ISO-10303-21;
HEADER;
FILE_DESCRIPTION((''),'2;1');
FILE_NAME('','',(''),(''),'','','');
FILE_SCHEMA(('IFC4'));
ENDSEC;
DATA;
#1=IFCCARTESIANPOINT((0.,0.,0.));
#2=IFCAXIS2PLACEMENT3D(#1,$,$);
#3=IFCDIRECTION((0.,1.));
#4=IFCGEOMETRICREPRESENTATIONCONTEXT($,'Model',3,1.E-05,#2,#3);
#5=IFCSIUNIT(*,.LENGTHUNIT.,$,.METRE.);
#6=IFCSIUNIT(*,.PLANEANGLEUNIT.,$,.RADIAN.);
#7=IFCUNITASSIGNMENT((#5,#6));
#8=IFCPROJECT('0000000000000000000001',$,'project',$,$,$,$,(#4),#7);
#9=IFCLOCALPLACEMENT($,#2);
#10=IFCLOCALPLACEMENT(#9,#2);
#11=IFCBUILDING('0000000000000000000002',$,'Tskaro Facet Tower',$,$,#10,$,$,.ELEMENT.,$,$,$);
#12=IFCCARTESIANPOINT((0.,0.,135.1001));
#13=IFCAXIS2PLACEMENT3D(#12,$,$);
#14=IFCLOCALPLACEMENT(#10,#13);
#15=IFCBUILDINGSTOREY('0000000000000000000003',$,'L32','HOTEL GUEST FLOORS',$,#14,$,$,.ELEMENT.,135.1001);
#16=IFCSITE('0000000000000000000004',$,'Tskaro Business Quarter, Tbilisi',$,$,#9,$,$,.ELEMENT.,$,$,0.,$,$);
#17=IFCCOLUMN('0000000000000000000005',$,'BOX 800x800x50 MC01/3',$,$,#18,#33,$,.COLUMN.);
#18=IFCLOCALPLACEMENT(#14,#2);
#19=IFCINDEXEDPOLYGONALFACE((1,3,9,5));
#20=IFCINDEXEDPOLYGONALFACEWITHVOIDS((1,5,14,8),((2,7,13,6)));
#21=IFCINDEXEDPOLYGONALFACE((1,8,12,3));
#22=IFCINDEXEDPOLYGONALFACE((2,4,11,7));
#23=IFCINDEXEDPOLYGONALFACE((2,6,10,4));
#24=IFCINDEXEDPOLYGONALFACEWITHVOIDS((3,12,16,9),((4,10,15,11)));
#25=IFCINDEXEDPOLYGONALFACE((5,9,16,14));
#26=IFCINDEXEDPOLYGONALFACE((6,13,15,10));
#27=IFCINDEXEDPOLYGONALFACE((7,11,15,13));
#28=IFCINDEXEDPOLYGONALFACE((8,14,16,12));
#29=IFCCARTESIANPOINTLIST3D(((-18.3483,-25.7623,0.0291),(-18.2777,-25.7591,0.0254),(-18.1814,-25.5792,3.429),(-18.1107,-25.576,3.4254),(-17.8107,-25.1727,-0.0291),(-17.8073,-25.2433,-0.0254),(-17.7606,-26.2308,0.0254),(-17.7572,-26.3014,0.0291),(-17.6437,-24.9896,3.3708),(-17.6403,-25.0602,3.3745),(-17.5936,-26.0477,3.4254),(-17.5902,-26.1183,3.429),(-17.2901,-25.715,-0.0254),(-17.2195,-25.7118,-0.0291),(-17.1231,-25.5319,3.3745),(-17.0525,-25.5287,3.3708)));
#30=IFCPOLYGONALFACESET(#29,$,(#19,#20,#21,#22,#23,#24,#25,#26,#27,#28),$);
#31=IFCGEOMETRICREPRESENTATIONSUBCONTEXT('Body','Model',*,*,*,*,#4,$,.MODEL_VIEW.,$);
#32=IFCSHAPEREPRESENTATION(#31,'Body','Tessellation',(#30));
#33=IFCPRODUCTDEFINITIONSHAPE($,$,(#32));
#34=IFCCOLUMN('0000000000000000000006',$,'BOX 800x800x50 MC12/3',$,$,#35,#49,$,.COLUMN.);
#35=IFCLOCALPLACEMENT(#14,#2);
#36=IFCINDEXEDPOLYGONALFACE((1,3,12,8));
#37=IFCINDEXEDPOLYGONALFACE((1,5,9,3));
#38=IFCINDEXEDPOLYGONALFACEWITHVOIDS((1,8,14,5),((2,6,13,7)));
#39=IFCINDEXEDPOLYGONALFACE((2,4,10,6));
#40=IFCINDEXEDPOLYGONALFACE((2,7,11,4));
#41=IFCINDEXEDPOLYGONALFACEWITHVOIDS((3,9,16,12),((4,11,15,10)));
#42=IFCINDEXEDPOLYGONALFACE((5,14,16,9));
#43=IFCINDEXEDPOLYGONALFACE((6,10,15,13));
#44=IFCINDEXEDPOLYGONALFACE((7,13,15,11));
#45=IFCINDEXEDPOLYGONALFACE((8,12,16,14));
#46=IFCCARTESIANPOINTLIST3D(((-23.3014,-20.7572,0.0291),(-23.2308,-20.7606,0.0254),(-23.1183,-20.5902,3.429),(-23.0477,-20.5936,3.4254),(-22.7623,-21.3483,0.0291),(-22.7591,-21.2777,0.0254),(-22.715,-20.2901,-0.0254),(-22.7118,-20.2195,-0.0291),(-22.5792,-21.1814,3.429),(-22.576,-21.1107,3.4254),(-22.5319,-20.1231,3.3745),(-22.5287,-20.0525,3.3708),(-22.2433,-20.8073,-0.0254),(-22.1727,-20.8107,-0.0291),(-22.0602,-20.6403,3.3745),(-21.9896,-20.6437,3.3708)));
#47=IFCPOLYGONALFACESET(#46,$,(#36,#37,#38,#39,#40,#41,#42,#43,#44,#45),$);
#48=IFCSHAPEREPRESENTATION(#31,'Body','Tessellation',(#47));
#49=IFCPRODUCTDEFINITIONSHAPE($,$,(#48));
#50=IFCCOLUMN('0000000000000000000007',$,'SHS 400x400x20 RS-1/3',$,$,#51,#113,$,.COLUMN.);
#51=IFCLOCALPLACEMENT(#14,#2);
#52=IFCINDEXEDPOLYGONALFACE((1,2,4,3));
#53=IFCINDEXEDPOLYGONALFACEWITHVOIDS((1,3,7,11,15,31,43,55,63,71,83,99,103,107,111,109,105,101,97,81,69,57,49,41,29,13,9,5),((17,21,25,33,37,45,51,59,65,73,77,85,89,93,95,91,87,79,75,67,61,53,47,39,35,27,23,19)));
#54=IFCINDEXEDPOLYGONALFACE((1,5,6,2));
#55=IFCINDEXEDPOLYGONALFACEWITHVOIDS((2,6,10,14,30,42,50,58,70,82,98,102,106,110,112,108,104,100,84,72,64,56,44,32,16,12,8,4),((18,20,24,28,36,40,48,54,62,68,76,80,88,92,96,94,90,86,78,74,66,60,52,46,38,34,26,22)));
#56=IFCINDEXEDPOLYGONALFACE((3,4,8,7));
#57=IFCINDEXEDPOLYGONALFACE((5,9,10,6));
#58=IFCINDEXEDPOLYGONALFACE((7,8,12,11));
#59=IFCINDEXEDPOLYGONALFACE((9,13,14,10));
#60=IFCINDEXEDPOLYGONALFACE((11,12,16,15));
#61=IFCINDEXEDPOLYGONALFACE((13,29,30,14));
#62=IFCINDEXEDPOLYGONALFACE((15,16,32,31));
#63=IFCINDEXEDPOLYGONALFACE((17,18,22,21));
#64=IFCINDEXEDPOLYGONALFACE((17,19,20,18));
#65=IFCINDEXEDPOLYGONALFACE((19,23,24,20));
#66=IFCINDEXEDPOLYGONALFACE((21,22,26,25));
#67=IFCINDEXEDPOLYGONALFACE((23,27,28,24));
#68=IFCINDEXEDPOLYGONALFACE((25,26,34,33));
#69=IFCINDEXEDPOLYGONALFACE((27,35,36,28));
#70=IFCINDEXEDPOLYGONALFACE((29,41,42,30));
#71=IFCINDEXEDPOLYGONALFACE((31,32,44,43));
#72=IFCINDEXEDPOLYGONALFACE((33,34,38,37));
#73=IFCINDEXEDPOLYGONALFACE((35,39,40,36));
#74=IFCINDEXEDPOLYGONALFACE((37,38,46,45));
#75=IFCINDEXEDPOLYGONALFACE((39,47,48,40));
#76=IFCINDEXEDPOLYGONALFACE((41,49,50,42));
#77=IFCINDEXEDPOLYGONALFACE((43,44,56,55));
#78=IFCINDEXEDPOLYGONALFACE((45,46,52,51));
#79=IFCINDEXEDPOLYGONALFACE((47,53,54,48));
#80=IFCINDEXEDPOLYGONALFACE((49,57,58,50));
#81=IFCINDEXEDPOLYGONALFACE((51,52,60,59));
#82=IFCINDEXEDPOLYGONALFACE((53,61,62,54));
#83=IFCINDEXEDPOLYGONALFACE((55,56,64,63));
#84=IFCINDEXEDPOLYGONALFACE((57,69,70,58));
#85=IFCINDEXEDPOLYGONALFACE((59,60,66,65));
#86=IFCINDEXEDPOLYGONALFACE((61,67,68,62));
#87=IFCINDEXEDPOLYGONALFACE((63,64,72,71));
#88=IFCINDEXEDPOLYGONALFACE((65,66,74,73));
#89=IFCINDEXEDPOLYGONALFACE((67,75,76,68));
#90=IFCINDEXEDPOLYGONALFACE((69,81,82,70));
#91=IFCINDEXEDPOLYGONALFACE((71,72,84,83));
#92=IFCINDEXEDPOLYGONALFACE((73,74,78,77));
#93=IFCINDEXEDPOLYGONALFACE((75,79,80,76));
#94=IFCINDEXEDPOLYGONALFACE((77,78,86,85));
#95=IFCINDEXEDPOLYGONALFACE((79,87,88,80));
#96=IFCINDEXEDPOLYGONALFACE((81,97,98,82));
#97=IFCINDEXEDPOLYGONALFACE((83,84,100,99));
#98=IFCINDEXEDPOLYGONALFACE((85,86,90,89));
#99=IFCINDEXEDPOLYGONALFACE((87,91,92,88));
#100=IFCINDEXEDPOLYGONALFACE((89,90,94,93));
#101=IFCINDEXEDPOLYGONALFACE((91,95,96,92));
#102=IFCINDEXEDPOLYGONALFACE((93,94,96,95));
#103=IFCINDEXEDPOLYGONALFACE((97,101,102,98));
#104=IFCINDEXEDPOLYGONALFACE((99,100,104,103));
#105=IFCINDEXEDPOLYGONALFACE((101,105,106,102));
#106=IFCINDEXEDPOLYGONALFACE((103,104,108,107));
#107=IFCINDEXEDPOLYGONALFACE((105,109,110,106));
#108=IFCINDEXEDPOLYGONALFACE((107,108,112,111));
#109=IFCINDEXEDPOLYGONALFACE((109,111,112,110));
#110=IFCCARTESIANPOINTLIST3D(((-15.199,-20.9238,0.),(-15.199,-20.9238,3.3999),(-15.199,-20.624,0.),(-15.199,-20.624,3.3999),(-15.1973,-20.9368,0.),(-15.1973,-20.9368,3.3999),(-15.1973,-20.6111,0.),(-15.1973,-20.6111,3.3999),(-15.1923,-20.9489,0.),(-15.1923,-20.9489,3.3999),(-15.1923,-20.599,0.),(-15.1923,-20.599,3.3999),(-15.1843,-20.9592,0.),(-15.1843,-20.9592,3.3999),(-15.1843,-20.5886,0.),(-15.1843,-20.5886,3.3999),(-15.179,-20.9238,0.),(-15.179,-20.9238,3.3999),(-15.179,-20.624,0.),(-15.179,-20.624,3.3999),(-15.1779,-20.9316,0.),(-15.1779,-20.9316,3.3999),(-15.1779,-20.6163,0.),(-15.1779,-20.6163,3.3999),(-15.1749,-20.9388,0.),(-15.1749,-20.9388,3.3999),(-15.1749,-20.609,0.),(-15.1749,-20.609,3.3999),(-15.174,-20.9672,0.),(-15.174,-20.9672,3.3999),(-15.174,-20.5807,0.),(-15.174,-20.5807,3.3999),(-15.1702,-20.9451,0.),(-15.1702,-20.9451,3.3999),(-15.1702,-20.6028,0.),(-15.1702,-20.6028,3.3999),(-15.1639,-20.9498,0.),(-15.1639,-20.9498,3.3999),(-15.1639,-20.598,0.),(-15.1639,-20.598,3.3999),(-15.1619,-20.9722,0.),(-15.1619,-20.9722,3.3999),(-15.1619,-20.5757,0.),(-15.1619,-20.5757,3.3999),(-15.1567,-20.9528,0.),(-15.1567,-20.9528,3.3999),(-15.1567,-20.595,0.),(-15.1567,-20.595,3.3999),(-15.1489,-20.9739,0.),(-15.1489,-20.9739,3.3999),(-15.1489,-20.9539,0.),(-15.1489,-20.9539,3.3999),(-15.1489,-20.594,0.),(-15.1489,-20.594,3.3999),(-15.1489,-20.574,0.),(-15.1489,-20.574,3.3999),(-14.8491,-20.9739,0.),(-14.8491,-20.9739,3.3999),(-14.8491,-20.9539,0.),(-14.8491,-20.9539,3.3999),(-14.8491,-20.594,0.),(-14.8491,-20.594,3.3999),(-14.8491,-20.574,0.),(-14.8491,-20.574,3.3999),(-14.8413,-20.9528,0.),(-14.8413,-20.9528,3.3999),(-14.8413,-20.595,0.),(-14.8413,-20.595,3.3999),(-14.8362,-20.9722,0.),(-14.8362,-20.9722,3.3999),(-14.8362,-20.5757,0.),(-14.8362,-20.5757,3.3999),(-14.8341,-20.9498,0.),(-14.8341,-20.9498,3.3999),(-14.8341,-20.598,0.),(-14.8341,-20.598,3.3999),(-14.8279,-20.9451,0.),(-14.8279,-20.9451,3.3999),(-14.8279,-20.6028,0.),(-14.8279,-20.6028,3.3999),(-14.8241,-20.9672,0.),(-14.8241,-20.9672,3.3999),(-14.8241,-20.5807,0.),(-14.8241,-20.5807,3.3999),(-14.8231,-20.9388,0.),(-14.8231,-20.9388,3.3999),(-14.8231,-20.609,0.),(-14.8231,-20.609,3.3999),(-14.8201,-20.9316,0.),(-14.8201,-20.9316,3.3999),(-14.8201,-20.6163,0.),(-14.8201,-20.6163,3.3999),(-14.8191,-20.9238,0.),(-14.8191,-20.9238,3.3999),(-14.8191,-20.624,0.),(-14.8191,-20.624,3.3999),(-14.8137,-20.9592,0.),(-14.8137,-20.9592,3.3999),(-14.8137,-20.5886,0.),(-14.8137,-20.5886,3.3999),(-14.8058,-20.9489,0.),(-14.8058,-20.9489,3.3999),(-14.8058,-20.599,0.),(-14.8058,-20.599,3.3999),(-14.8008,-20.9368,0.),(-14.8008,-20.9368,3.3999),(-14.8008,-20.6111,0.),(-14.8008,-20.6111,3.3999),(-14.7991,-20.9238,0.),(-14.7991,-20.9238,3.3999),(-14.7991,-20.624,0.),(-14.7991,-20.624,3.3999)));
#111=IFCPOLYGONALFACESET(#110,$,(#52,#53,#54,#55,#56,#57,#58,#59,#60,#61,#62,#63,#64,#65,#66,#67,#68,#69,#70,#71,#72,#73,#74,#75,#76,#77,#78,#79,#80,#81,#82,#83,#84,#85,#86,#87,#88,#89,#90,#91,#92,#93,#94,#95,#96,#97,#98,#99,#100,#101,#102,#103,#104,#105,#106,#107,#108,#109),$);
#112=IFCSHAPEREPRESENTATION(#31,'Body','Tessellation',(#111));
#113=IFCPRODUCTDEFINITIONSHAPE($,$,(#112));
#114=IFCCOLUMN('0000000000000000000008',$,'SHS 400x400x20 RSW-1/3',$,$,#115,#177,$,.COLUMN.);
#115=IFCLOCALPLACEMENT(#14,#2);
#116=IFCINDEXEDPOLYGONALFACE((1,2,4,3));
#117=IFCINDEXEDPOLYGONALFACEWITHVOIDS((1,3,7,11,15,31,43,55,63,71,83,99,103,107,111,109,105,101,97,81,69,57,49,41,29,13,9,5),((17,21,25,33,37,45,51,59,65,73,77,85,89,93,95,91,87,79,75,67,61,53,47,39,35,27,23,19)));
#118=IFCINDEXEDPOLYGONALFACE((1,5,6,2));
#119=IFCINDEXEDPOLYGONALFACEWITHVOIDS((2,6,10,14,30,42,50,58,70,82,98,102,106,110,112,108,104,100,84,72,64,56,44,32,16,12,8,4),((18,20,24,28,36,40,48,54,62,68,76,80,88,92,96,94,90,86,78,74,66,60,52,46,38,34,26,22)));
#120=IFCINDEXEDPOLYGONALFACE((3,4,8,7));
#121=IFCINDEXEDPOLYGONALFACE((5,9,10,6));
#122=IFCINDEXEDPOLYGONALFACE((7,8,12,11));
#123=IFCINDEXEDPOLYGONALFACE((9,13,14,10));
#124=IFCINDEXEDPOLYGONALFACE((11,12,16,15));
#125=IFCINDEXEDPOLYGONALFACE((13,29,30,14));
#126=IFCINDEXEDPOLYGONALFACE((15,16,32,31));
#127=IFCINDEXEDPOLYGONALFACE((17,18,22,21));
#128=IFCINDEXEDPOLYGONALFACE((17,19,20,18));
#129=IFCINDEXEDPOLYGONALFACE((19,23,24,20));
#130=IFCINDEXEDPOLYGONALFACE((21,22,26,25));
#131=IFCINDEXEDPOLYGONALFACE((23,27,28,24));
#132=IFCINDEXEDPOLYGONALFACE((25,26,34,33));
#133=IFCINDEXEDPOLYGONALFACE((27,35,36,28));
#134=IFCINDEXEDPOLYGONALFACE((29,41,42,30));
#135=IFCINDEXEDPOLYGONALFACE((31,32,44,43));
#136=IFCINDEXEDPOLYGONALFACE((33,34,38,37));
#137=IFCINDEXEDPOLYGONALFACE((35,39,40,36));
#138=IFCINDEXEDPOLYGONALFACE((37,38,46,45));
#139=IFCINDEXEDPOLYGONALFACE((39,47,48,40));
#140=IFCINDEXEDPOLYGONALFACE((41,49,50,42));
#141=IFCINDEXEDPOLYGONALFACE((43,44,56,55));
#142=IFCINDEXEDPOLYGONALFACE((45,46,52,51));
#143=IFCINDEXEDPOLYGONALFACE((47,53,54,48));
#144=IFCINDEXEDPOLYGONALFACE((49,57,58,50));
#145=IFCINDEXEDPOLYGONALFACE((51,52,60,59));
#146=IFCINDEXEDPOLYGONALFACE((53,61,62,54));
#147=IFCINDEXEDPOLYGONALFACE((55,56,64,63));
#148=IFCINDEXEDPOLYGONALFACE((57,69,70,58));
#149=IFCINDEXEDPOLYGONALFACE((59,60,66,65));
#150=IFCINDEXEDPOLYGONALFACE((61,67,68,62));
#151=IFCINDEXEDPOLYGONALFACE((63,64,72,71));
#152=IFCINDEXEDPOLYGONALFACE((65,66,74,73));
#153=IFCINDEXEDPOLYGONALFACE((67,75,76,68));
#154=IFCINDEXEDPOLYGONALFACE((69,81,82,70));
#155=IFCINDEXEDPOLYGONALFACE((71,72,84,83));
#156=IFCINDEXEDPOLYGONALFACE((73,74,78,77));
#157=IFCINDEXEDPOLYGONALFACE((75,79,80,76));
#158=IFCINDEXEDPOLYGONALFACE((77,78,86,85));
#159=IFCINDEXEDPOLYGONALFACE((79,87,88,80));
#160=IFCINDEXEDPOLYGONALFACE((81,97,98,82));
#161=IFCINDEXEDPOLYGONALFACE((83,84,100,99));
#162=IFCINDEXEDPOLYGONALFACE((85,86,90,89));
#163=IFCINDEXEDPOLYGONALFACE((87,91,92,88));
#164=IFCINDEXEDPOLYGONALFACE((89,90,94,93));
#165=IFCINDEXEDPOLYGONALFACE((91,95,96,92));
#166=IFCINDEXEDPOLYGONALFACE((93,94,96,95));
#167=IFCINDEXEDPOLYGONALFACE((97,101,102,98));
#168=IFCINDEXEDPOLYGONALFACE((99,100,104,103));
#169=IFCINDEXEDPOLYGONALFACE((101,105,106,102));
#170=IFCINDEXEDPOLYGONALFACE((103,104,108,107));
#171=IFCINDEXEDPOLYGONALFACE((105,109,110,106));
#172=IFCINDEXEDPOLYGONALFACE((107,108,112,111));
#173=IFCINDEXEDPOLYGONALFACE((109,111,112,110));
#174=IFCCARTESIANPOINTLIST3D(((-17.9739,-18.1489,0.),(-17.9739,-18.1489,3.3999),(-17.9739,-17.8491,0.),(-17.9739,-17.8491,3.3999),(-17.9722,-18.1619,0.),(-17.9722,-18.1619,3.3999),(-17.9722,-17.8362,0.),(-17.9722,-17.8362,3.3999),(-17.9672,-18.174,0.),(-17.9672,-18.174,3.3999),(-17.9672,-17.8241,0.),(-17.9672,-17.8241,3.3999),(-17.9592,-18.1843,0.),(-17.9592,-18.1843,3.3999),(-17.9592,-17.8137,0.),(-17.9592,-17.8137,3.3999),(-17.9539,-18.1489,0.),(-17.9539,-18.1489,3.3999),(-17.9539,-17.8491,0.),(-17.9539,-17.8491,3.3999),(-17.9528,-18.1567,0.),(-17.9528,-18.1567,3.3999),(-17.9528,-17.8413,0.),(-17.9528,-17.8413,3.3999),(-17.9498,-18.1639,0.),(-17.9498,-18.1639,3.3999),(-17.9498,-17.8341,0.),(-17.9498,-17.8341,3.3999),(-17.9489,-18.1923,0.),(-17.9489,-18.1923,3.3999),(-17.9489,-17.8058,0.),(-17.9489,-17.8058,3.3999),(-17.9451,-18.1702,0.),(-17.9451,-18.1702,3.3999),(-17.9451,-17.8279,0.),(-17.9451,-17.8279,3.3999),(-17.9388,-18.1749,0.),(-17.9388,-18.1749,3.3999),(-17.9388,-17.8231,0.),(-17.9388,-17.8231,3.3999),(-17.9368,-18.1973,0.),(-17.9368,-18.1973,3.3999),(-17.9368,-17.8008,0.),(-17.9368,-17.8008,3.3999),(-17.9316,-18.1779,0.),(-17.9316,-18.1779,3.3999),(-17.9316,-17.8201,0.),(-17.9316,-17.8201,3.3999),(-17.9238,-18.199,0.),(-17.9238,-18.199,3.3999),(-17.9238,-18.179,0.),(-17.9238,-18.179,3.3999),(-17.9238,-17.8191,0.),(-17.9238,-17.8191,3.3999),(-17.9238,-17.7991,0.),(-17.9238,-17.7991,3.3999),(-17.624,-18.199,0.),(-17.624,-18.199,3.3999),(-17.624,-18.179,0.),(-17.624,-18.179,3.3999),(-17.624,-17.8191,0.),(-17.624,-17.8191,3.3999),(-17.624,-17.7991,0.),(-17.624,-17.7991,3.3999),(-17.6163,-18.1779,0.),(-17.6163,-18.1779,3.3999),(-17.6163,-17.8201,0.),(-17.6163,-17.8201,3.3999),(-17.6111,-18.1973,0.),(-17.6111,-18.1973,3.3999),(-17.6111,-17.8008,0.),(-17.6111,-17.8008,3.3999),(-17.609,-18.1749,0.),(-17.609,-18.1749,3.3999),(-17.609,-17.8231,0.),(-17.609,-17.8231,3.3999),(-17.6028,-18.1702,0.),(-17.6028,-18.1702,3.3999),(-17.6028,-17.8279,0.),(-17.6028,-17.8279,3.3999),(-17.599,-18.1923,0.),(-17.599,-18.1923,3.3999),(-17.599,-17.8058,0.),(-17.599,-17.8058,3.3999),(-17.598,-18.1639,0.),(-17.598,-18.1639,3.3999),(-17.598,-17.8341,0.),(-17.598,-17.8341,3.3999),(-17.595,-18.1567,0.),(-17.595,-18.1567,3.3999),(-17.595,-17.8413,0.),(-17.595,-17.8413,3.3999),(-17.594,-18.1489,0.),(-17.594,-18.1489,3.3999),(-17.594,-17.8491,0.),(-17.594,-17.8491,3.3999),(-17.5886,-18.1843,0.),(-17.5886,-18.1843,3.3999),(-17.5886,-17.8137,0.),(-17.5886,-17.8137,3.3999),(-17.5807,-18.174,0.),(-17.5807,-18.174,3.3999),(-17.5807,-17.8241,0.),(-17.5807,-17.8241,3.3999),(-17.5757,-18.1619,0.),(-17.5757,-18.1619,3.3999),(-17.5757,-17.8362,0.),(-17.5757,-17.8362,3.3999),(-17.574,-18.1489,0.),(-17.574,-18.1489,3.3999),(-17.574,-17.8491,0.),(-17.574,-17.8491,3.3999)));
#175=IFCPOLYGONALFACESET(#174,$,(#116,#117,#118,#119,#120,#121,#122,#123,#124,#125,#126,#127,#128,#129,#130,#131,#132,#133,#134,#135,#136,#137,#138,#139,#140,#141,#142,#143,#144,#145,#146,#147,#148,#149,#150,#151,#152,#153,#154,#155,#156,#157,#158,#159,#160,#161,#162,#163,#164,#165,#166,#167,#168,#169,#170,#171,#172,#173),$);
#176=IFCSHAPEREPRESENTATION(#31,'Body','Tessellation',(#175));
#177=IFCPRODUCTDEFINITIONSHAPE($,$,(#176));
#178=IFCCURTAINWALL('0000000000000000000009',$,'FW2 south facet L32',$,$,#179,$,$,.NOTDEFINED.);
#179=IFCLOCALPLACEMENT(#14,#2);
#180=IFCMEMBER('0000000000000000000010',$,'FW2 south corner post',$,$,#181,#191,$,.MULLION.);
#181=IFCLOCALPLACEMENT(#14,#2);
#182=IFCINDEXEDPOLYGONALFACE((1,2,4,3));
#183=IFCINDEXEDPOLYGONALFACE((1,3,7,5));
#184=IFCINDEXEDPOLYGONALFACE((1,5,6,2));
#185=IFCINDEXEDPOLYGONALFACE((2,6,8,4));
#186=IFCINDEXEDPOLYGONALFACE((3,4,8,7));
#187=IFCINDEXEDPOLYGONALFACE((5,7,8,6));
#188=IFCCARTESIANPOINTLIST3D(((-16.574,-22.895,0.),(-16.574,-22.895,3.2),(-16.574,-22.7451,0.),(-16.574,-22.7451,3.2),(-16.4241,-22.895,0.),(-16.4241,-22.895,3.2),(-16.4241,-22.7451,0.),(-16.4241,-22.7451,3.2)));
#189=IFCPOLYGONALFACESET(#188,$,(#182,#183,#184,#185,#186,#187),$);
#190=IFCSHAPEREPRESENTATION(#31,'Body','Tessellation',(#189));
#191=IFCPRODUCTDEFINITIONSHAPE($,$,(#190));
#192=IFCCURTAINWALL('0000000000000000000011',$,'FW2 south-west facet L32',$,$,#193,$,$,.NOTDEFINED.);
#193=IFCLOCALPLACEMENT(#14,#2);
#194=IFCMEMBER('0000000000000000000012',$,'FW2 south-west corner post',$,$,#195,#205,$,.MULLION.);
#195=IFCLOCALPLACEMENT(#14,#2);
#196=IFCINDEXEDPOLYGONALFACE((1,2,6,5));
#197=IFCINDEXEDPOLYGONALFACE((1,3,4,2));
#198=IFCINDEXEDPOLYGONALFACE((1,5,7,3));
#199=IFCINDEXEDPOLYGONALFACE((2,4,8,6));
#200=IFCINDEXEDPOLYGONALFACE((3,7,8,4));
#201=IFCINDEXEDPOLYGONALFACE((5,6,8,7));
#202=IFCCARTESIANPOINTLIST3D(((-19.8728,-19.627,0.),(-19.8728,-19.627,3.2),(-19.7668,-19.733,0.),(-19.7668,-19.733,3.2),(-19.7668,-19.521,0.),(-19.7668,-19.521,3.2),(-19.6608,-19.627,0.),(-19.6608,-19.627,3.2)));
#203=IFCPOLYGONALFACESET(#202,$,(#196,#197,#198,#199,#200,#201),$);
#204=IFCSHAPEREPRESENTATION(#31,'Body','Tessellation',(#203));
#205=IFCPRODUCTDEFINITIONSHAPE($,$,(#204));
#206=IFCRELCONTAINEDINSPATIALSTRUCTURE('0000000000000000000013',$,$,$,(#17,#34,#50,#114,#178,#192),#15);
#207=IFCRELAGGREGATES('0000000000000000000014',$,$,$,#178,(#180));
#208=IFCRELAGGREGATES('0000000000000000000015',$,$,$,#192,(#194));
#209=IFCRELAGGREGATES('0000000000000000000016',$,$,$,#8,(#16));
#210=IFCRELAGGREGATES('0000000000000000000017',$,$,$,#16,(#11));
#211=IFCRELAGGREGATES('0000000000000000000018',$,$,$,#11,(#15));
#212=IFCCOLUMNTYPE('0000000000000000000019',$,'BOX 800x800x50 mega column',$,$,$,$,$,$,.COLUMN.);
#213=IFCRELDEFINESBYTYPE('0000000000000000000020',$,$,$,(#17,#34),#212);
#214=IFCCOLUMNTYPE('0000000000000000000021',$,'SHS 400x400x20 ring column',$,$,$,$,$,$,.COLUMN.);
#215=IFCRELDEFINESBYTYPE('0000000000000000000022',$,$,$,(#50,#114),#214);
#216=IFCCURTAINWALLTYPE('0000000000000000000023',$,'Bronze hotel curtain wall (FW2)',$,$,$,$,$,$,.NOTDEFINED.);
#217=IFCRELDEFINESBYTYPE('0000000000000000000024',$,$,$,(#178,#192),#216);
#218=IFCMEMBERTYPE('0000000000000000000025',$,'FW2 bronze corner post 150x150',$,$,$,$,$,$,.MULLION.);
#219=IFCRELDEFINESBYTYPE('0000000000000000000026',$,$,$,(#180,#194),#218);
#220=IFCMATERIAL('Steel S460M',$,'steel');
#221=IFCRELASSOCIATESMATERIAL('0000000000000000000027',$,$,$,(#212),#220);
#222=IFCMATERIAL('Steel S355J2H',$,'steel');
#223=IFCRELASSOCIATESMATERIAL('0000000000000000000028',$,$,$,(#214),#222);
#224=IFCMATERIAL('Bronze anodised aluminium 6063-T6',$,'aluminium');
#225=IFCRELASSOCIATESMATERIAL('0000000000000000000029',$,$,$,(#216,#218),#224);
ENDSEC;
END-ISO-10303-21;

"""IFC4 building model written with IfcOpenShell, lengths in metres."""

from ifc_helpers import new_model, si_unit, direction, frame, origin, origin_2d, place, context, subcontext, project, spatial, rectangle, hollow_rectangle, extrude, material, material_profile, profile_set, type_object, element, aggregate, save


model = new_model("IFC4")

# Units and contexts
model_context = context("Model", 3, precision=1e-05, world=origin(), true_north=direction((0.0, 1.0)))
body_context = subcontext(model_context, "Body", "Model", "MODEL_VIEW")
ifc_project = project(units=[si_unit("LENGTHUNIT", "METRE"), si_unit("PLANEANGLEUNIT", "RADIAN")], contexts=[model_context])

# Site, building, storey
site_placement = place(None, origin())
site = spatial("IfcSite", under=ifc_project, at=site_placement, Name="Tskaro Business Quarter, Tbilisi", CompositionType="ELEMENT", RefElevation=0.0)
building_placement = place(site_placement, origin())
building = spatial("IfcBuilding", under=site, at=building_placement, Name="Tskaro Facet Tower", CompositionType="ELEMENT")
storey_placement = place(building_placement, frame((0.0, 0.0, 135.1001)))
storey = spatial("IfcBuildingStorey", under=building, at=storey_placement, Name="L32", Description="HOTEL GUEST FLOORS", CompositionType="ELEMENT", Elevation=135.1001)

# Columns
ifc_material_1 = material(Name="Steel S460M", Category="steel")
ifc_material_profile_1 = material_profile(ifc_material_1, hollow_rectangle(XDim=0.8, YDim=0.8, WallThickness=0.05, at=origin_2d()), Name="BOX 800x800x50")
ifc_profile_set_1 = profile_set([ifc_material_profile_1], Name="Steel S460M")
column_type_1 = type_object("IfcColumnType", Name="BOX 800x800x50 mega column", PredefinedType="COLUMN", material=ifc_profile_set_1)
for number, where, z_axis, x_axis, name in (
    (1, (-17.7839, -25.7371, 0.0), (0.048987, 0.053714, 0.997354), (-0.738869, 0.673849, 0.0), "BOX 800x800x50 MC01/3"),
    (2, (-22.7371, -20.7839, 0.0), (0.053714, 0.048987, 0.997354), (-0.673849, 0.738869, 0.0), "BOX 800x800x50 MC12/3"),
):
    element("IfcColumn", number, at=place(storey_placement, frame(where, z_axis=z_axis, x_axis=x_axis)), inside=storey, type_object=column_type_1, Name=name, PredefinedType="COLUMN", context=body_context, shape_type="SweptSolid", body=[
        extrude(hollow_rectangle(XDim=0.8, YDim=0.8, WallThickness=0.05, at=origin_2d()), origin(), (0.0, 0.0, 1.0), 3.4089),
    ])
ifc_material_2 = material(Name="Steel S355J2H", Category="steel")
ifc_material_profile_2 = material_profile(ifc_material_2, hollow_rectangle(XDim=0.3999, YDim=0.3999, WallThickness=0.02, InnerFilletRadius=0.03, OuterFilletRadius=0.05, at=origin_2d()), Name="SHS 400x400x20")
ifc_profile_set_2 = profile_set([ifc_material_profile_2], Name="Steel S355J2H")
column_type_2 = type_object("IfcColumnType", Name="SHS 400x400x20 ring column", PredefinedType="COLUMN", material=ifc_profile_set_2)
for number, where, z_axis, x_axis, name in (
    (3, (-14.999, -20.7739, 0.0), (0.0, 0.0, 1.0), (1.0, 0.0, 0.0), "SHS 400x400x20 RS-1/3"),
    (4, (-17.7739, -17.999, 0.0), (0.0, 0.0, 1.0), (1.0, 0.0, 0.0), "SHS 400x400x20 RSW-1/3"),
):
    element("IfcColumn", number, at=place(storey_placement, frame(where, z_axis=z_axis, x_axis=x_axis)), inside=storey, type_object=column_type_2, Name=name, PredefinedType="COLUMN", context=body_context, shape_type="SweptSolid", body=[
        extrude(hollow_rectangle(XDim=0.3999, YDim=0.3999, WallThickness=0.02, InnerFilletRadius=0.03, OuterFilletRadius=0.05, at=origin_2d()), origin(), (0.0, 0.0, 1.0), 3.3999),
    ])

# Curtain walls, members
ifc_material_3 = material(Name="Bronze anodised aluminium 6063-T6", Category="aluminium")
curtain_wall_type = type_object("IfcCurtainWallType", Name="Bronze hotel curtain wall (FW2)", PredefinedType="NOTDEFINED", material=ifc_material_3)
curtain_wall_1_placement = place(storey_placement, origin())
curtain_wall_1 = element("IfcCurtainWall", 5, at=curtain_wall_1_placement, inside=storey, type_object=curtain_wall_type, Name="FW2 south facet L32", PredefinedType="NOTDEFINED")
ifc_material_profile_3 = material_profile(ifc_material_3, rectangle(XDim=0.1499, YDim=0.1499, at=origin_2d()), Name="Corner post 150x150")
ifc_profile_set_3 = profile_set([ifc_material_profile_3], Name="Bronze anodised aluminium 6063-T6")
member_type_1 = type_object("IfcMemberType", Name="FW2 bronze corner post 150x150", PredefinedType="MULLION", material=ifc_profile_set_3)
member_1_placement = place(storey_placement, frame((-16.499, -22.8201, 0.0), z_axis=(0.0, 0.0, 1.0), x_axis=(1.0, 0.0, 0.0)))
member_1 = element("IfcMember", 6, at=member_1_placement, type_object=member_type_1, Name="FW2 south corner post", PredefinedType="MULLION", context=body_context, shape_type="SweptSolid", body=[
    extrude(rectangle(XDim=0.1499, YDim=0.1499, at=origin_2d()), origin(), (0.0, 0.0, 1.0), 3.2),
])
curtain_wall_2_placement = place(storey_placement, origin())
curtain_wall_2 = element("IfcCurtainWall", 7, at=curtain_wall_2_placement, inside=storey, type_object=curtain_wall_type, Name="FW2 south-west facet L32", PredefinedType="NOTDEFINED")
member_2_placement = place(storey_placement, frame((-19.7668, -19.627, 0.0), z_axis=(0.0, 0.0, 1.0), x_axis=(0.707107, -0.707107, 0.0)))
member_2 = element("IfcMember", 8, at=member_2_placement, type_object=member_type_1, Name="FW2 south-west corner post", PredefinedType="MULLION", context=body_context, shape_type="SweptSolid", body=[
    extrude(rectangle(XDim=0.1499, YDim=0.1499, at=origin_2d()), origin(), (0.0, 0.0, 1.0), 3.2),
])

aggregate(curtain_wall_1, [member_1])

aggregate(curtain_wall_2, [member_2])

save(model, "model.ifc")
